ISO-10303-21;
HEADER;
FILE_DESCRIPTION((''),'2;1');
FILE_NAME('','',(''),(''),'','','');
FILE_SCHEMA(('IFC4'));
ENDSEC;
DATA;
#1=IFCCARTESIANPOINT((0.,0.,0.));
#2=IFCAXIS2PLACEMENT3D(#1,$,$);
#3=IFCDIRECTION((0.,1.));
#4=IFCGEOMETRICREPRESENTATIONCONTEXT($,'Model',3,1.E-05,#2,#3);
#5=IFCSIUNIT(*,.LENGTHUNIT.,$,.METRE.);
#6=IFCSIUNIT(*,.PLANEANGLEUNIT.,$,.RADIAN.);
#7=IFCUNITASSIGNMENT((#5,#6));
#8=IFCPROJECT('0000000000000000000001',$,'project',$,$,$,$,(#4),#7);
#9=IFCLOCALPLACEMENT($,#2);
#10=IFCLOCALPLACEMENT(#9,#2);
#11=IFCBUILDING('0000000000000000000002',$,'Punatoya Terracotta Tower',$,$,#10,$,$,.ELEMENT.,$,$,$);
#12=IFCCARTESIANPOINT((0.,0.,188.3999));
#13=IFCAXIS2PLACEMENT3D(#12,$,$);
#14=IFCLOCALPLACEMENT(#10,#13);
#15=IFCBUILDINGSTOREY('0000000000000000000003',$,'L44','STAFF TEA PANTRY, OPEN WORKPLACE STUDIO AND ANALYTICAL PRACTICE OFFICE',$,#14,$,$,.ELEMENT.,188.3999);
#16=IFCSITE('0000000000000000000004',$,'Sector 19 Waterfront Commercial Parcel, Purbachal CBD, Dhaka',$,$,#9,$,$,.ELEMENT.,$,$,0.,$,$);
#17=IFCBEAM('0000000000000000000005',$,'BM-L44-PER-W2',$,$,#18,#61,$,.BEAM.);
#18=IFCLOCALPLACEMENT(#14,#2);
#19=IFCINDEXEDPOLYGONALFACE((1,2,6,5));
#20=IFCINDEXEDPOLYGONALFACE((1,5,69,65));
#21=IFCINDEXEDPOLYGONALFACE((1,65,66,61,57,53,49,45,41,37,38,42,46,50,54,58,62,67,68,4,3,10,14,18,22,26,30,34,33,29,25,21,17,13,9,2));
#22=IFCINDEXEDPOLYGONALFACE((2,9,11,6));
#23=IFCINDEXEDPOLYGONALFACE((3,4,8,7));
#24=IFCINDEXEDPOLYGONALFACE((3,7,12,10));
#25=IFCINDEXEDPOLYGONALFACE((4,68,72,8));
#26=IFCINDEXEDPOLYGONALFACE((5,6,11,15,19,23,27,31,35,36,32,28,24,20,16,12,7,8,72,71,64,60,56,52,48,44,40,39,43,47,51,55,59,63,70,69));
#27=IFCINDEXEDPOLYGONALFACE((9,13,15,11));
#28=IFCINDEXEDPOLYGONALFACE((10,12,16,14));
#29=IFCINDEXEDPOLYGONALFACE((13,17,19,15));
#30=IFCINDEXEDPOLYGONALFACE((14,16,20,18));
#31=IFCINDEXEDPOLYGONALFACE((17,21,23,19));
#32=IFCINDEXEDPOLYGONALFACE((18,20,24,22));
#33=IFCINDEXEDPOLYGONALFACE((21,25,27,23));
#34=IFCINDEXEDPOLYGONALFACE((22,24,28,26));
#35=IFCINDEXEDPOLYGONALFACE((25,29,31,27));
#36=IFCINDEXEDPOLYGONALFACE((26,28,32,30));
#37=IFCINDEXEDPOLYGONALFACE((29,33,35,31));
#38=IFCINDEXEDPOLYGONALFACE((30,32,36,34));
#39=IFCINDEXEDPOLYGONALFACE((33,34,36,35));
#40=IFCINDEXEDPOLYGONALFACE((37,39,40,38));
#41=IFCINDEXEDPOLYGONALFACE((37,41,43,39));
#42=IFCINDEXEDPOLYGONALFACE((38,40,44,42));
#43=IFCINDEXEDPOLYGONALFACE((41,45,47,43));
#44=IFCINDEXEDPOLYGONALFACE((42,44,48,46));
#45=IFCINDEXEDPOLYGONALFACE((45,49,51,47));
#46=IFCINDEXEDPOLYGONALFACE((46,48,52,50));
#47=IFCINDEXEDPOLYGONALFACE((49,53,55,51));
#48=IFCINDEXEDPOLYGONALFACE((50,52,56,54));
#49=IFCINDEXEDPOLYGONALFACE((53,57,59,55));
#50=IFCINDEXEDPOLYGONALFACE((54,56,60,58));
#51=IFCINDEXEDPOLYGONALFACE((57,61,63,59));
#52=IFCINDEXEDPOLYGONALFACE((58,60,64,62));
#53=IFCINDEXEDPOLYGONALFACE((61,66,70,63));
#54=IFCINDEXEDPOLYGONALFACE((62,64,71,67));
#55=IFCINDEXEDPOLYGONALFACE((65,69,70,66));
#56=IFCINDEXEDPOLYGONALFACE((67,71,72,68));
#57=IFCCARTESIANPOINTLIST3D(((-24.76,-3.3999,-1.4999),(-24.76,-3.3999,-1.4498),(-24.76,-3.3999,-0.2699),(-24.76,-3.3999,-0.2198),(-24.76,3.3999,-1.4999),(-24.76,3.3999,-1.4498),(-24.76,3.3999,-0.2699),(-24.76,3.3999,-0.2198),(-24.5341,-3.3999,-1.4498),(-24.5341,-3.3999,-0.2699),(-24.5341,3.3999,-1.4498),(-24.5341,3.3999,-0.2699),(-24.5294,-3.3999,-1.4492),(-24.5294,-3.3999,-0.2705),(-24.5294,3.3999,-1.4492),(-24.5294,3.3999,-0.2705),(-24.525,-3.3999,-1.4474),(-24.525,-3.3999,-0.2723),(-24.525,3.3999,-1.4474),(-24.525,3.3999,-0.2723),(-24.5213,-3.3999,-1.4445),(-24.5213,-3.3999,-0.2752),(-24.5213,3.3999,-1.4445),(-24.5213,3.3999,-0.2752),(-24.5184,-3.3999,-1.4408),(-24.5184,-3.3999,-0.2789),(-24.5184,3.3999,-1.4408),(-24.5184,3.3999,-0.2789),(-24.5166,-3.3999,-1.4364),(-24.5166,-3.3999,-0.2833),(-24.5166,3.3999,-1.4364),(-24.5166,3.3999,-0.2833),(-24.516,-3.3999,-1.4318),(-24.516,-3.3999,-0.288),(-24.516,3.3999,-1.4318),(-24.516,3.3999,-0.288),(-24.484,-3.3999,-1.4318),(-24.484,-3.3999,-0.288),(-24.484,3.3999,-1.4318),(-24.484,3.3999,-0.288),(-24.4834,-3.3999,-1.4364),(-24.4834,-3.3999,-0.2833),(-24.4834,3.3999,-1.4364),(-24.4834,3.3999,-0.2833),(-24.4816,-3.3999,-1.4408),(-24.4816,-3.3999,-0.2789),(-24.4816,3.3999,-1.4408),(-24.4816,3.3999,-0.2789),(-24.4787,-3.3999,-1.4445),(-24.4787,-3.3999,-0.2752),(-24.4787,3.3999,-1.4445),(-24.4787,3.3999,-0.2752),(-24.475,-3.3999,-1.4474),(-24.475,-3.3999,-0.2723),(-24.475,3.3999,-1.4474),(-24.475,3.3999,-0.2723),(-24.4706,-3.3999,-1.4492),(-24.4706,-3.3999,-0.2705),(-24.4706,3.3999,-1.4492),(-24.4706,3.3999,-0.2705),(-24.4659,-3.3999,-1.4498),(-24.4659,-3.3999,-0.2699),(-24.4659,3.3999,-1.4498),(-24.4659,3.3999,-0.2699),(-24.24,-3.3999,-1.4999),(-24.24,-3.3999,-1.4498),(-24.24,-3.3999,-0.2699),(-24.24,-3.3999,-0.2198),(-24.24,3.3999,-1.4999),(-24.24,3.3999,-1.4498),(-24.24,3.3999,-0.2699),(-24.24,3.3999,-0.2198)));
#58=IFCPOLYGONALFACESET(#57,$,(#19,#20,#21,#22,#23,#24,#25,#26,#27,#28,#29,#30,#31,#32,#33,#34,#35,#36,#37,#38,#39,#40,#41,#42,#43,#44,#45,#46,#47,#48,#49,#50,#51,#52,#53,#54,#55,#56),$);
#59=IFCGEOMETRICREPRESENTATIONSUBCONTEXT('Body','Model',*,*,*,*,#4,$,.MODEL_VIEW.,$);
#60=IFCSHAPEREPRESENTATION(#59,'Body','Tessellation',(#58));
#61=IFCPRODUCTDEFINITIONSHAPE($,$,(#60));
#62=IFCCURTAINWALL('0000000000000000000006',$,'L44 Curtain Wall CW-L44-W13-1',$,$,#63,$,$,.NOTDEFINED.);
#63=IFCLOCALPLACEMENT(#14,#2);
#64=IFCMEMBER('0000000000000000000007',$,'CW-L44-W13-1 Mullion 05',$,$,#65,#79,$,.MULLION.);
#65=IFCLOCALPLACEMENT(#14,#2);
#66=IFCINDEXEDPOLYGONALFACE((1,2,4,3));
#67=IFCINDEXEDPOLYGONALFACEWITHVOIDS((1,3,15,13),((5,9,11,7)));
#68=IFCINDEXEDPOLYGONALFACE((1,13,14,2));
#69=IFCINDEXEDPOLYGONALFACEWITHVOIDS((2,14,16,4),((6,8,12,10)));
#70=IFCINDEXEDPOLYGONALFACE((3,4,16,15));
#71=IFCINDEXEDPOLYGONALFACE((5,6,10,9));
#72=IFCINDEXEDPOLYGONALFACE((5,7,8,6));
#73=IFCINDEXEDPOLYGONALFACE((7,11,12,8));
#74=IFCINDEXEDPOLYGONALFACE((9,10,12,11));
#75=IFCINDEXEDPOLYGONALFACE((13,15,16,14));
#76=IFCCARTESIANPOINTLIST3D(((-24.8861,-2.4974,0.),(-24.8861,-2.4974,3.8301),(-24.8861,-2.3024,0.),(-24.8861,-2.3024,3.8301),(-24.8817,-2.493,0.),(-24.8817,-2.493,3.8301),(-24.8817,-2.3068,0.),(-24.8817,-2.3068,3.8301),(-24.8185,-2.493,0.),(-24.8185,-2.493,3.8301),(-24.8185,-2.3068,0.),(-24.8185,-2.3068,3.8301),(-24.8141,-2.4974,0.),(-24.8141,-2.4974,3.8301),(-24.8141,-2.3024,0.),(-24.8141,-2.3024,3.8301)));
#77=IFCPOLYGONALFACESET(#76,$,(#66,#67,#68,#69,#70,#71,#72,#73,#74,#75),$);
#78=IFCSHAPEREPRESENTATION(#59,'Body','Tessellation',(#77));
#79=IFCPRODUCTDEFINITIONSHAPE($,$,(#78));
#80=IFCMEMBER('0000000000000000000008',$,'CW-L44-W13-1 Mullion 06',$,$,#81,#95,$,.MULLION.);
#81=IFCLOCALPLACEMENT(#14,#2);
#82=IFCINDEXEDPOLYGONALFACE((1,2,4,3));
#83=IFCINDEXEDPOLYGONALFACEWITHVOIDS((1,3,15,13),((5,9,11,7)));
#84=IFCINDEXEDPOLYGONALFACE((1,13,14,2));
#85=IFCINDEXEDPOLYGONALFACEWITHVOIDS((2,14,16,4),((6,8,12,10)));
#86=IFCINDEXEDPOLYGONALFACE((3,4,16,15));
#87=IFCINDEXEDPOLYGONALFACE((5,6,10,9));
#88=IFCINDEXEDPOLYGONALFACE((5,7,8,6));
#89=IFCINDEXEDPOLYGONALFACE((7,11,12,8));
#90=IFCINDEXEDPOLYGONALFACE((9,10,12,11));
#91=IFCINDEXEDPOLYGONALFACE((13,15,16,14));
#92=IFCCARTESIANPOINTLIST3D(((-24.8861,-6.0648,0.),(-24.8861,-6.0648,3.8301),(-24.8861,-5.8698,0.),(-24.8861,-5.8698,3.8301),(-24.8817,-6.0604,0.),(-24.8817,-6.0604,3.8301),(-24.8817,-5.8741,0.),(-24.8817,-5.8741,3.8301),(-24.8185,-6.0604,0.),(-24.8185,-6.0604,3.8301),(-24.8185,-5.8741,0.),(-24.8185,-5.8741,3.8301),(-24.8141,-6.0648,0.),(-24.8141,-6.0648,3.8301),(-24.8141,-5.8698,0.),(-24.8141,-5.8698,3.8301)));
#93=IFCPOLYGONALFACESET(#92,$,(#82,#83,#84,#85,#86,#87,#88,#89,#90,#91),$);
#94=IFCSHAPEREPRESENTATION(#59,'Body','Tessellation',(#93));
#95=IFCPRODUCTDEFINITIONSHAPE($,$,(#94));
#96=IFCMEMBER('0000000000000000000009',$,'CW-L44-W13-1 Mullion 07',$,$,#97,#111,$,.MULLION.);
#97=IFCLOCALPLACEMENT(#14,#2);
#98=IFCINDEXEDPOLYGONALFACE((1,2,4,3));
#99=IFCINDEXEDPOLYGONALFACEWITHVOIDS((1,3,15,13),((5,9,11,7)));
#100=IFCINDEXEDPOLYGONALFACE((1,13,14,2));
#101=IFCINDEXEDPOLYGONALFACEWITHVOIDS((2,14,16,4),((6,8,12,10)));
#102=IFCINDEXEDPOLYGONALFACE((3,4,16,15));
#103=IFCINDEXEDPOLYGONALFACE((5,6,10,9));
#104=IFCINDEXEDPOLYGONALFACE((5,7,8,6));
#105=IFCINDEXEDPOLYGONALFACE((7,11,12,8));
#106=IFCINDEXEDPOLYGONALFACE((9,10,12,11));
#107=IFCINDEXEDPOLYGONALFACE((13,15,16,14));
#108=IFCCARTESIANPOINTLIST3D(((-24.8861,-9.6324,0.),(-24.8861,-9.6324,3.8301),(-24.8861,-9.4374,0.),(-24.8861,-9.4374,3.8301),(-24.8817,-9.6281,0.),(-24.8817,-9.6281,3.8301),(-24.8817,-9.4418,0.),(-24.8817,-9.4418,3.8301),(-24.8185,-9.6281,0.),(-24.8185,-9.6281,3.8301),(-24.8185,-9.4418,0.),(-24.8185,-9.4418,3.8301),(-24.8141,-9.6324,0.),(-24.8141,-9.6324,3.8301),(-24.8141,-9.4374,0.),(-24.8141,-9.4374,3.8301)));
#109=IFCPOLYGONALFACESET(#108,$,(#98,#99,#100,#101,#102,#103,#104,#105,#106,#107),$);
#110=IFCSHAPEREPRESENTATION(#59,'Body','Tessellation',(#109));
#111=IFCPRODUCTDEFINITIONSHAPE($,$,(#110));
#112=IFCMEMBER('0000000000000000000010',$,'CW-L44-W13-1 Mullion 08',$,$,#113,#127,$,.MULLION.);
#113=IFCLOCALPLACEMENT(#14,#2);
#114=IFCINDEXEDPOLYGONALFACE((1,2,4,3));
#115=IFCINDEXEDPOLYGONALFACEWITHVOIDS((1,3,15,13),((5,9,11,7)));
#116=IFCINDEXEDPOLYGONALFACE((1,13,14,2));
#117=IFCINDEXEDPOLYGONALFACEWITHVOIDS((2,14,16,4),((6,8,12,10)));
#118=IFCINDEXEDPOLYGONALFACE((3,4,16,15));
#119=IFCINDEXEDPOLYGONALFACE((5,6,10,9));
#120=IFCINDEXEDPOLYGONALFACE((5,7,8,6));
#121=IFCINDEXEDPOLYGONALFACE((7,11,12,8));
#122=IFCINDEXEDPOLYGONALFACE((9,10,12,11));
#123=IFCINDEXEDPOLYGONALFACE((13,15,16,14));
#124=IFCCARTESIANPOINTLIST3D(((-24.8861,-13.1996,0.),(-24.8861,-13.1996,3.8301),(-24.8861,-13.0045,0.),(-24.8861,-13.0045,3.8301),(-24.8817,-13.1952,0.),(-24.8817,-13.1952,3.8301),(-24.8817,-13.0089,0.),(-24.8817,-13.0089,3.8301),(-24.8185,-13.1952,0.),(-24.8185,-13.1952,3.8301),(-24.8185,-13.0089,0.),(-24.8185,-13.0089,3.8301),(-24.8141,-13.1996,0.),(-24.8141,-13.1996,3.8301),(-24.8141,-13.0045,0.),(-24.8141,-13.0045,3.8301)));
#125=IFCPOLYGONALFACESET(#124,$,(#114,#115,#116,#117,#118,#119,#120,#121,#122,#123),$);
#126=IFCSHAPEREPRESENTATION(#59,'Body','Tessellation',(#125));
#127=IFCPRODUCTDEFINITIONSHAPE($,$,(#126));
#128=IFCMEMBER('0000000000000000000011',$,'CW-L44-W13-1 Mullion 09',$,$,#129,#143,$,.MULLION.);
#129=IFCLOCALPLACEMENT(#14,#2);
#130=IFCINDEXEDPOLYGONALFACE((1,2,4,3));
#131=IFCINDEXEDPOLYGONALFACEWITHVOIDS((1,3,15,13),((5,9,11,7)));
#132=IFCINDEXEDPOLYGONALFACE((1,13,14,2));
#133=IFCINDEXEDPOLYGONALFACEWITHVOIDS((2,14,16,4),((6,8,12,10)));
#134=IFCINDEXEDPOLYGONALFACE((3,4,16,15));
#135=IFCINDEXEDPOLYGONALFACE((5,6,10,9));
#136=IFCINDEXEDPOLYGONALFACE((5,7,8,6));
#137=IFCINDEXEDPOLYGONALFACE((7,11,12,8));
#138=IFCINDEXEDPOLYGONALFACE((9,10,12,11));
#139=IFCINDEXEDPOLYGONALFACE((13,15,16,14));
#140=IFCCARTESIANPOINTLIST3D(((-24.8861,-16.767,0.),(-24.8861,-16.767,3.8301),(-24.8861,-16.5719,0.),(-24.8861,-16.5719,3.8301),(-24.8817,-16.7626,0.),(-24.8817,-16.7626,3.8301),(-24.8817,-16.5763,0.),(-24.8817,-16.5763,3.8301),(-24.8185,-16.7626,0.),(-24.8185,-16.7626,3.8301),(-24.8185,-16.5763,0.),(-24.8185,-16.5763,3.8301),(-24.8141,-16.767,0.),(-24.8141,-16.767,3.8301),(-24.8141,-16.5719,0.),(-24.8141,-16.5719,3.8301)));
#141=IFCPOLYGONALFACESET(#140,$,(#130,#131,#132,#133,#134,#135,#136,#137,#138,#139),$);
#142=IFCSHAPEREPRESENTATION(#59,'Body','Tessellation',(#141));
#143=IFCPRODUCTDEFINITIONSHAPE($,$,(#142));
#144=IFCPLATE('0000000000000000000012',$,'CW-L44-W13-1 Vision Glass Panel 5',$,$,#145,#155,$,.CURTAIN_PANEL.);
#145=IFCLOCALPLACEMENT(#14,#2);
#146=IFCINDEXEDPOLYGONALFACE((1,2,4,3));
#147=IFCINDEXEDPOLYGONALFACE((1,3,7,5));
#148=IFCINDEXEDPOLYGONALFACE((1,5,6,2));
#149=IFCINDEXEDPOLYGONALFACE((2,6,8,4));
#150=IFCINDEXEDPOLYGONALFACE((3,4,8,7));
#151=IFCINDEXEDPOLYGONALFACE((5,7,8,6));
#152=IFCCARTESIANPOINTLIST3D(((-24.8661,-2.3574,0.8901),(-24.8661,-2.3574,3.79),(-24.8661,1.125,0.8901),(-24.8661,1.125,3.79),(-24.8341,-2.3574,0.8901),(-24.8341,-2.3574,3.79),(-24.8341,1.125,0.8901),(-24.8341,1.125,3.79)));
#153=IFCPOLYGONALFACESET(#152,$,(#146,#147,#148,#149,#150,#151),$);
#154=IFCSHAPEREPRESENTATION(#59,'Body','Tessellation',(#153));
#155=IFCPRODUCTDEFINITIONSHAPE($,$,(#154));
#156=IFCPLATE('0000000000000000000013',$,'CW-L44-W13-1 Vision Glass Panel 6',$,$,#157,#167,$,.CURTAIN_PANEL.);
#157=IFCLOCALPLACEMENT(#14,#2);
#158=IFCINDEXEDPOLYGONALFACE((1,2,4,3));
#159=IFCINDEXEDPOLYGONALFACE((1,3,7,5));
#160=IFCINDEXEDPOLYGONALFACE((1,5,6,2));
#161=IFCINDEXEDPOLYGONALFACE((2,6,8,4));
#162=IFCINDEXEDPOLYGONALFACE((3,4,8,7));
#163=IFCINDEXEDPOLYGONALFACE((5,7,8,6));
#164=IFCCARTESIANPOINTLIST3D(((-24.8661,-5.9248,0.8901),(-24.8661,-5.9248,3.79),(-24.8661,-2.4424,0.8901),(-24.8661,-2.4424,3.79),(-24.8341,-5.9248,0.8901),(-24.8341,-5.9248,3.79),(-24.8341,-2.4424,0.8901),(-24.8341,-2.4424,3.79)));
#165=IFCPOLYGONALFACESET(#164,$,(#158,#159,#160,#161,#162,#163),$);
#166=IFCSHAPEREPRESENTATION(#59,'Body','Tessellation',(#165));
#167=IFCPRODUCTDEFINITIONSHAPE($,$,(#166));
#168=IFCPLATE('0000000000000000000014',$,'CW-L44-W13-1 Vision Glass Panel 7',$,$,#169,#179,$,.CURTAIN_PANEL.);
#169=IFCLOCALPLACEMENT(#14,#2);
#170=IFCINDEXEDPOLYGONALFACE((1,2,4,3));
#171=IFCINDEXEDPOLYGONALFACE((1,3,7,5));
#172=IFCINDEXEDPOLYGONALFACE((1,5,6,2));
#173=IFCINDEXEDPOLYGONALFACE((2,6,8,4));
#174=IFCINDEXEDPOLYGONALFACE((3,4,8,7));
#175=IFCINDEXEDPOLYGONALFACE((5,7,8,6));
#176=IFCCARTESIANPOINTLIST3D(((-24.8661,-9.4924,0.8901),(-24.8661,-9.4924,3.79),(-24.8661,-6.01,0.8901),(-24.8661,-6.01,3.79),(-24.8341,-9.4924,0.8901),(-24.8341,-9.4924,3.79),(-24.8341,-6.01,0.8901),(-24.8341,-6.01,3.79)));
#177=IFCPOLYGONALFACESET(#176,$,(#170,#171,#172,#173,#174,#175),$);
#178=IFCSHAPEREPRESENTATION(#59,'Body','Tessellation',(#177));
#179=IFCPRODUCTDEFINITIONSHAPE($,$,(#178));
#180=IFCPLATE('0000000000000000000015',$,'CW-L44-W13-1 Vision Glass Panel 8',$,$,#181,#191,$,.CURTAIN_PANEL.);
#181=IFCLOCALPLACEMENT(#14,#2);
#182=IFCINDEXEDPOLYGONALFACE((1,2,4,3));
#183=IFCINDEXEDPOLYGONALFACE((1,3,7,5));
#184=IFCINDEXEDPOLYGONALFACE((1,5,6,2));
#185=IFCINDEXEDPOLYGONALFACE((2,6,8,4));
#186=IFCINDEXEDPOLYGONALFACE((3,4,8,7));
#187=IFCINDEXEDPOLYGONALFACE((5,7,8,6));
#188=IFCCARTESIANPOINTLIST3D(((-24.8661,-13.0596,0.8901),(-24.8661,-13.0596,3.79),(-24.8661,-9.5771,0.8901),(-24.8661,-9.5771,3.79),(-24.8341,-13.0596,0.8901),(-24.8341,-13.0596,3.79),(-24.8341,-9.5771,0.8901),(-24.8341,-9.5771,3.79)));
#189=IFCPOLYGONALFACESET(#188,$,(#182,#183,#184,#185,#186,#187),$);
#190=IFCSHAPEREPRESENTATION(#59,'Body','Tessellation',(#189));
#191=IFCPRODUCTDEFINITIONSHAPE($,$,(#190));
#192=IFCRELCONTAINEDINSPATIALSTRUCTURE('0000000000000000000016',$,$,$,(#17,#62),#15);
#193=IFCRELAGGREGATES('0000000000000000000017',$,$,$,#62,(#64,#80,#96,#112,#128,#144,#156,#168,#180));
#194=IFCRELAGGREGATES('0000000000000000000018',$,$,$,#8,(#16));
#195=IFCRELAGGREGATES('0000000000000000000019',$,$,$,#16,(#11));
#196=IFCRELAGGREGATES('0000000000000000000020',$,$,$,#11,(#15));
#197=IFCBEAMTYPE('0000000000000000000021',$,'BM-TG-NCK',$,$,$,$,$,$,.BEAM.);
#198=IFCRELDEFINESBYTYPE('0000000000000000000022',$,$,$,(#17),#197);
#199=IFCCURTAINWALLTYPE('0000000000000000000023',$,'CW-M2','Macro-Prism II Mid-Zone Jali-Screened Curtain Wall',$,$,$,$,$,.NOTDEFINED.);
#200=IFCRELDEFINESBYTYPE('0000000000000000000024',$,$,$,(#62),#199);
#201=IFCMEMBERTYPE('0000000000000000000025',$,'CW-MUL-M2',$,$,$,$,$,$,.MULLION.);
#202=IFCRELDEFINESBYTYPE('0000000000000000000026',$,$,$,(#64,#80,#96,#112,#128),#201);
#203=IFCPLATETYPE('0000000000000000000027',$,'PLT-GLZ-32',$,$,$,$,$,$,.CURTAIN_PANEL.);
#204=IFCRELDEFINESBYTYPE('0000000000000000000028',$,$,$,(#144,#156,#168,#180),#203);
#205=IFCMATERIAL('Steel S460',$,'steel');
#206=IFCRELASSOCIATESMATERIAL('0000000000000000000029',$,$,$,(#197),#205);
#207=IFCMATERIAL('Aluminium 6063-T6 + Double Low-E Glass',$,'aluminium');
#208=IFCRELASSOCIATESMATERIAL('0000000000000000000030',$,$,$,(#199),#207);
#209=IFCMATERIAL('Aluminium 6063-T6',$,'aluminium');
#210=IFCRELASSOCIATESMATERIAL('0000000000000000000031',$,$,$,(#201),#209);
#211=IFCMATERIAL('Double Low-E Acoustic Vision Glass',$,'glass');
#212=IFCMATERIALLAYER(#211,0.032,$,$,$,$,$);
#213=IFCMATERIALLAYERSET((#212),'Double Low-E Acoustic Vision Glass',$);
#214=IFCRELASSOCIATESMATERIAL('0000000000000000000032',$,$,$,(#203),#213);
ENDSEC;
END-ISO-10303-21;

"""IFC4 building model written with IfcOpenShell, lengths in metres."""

from ifc_helpers import new_model, si_unit, direction, frame, origin, origin_2d, place, context, subcontext, project, spatial, rectangle, hollow_rectangle, i_section, extrude, material, layer, layer_set, material_profile, profile_set, type_object, element, aggregate, save


model = new_model("IFC4")

# Units and contexts
model_context = context("Model", 3, precision=1e-05, world=origin(), true_north=direction((0.0, 1.0)))
body_context = subcontext(model_context, "Body", "Model", "MODEL_VIEW")
ifc_project = project(units=[si_unit("LENGTHUNIT", "METRE"), si_unit("PLANEANGLEUNIT", "RADIAN")], contexts=[model_context])

# Site, building, storey
site_placement = place(None, origin())
site = spatial("IfcSite", under=ifc_project, at=site_placement, Name="Sector 19 Waterfront Commercial Parcel, Purbachal CBD, Dhaka", CompositionType="ELEMENT", RefElevation=0.0)
building_placement = place(site_placement, origin())
building = spatial("IfcBuilding", under=site, at=building_placement, Name="Punatoya Terracotta Tower", CompositionType="ELEMENT")
storey_placement = place(building_placement, frame((0.0, 0.0, 188.3999)))
storey = spatial("IfcBuildingStorey", under=building, at=storey_placement, Name="L44", Description="STAFF TEA PANTRY, OPEN WORKPLACE STUDIO AND ANALYTICAL PRACTICE OFFICE", CompositionType="ELEMENT", Elevation=188.3999)

# Shared definitions
ifc_material_1 = material(Name="Steel S460", Category="steel")

# Beam
ifc_material_profile_1 = material_profile(ifc_material_1, i_section(OverallWidth=0.52, OverallDepth=1.28, WebThickness=0.032, FlangeThickness=0.05, FilletRadius=0.0181, at=origin_2d()))
ifc_profile_set_1 = profile_set([ifc_material_profile_1], Name="Steel S460")
beam_type_1 = type_object("IfcBeamType", Name="BM-TG-NCK", PredefinedType="BEAM", material=ifc_profile_set_1)
beam_1_placement = place(storey_placement, frame((-24.5, -3.3999, -0.8599), z_axis=(0.0, 1.0, 0.0), x_axis=(-1.0, 0.0, 0.0)))
element("IfcBeam", 1, at=beam_1_placement, inside=storey, type_object=beam_type_1, Name="BM-L44-PER-W2", PredefinedType="BEAM", context=body_context, shape_type="SweptSolid", body=[
    extrude(i_section(OverallWidth=0.52, OverallDepth=1.28, WebThickness=0.032, FlangeThickness=0.05, FilletRadius=0.0181, at=origin_2d()), origin(), (0.0, 0.0, 1.0), 6.7998),
])

# Curtain wall, members, plates
ifc_material_2 = material(Name="Aluminium 6063-T6 + Double Low-E Glass", Category="aluminium")
curtain_wall_type = type_object("IfcCurtainWallType", Name="CW-M2", Description="Macro-Prism II Mid-Zone Jali-Screened Curtain Wall", PredefinedType="NOTDEFINED", material=ifc_material_2)
curtain_wall_placement = place(storey_placement, origin())
curtain_wall = element("IfcCurtainWall", 2, at=curtain_wall_placement, inside=storey, type_object=curtain_wall_type, Name="L44 Curtain Wall CW-L44-W13-1", PredefinedType="NOTDEFINED")
ifc_material_3 = material(Name="Aluminium 6063-T6", Category="aluminium")
ifc_material_profile_2 = material_profile(ifc_material_3, hollow_rectangle(XDim=0.072, YDim=0.1951, WallThickness=0.0044, at=origin_2d()))
ifc_profile_set_2 = profile_set([ifc_material_profile_2], Name="Aluminium 6063-T6")
member_type = type_object("IfcMemberType", Name="CW-MUL-M2", PredefinedType="MULLION", material=ifc_profile_set_2)
member_1_placement = place(storey_placement, frame((-24.8501, -2.3999, 0.0), z_axis=(0.0, 0.0, 1.0), x_axis=(1.0, 0.0, 0.0)))
member_1 = element("IfcMember", 3, at=member_1_placement, type_object=member_type, Name="CW-L44-W13-1 Mullion 05", PredefinedType="MULLION", context=body_context, shape_type="SweptSolid", body=[
    extrude(hollow_rectangle(XDim=0.072, YDim=0.1951, WallThickness=0.0044, at=origin_2d()), origin(), (0.0, 0.0, 1.0), 3.8301),
])
member_2_placement = place(storey_placement, frame((-24.8501, -5.9673, 0.0), z_axis=(0.0, 0.0, 1.0), x_axis=(1.0, 0.0, 0.0)))
member_2 = element("IfcMember", 4, at=member_2_placement, type_object=member_type, Name="CW-L44-W13-1 Mullion 06", PredefinedType="MULLION", context=body_context, shape_type="SweptSolid", body=[
    extrude(hollow_rectangle(XDim=0.072, YDim=0.1951, WallThickness=0.0044, at=origin_2d()), origin(), (0.0, 0.0, 1.0), 3.8301),
])
member_3_placement = place(storey_placement, frame((-24.8501, -9.5349, 0.0), z_axis=(0.0, 0.0, 1.0), x_axis=(1.0, 0.0, 0.0)))
member_3 = element("IfcMember", 5, at=member_3_placement, type_object=member_type, Name="CW-L44-W13-1 Mullion 07", PredefinedType="MULLION", context=body_context, shape_type="SweptSolid", body=[
    extrude(hollow_rectangle(XDim=0.072, YDim=0.1951, WallThickness=0.0044, at=origin_2d()), origin(), (0.0, 0.0, 1.0), 3.8301),
])
member_4_placement = place(storey_placement, frame((-24.8501, -13.1021, 0.0), z_axis=(0.0, 0.0, 1.0), x_axis=(1.0, 0.0, 0.0)))
member_4 = element("IfcMember", 6, at=member_4_placement, type_object=member_type, Name="CW-L44-W13-1 Mullion 08", PredefinedType="MULLION", context=body_context, shape_type="SweptSolid", body=[
    extrude(hollow_rectangle(XDim=0.072, YDim=0.1951, WallThickness=0.0044, at=origin_2d()), origin(), (0.0, 0.0, 1.0), 3.8301),
])
member_5_placement = place(storey_placement, frame((-24.8501, -16.6694, 0.0), z_axis=(0.0, 0.0, 1.0), x_axis=(1.0, 0.0, 0.0)))
member_5 = element("IfcMember", 7, at=member_5_placement, type_object=member_type, Name="CW-L44-W13-1 Mullion 09", PredefinedType="MULLION", context=body_context, shape_type="SweptSolid", body=[
    extrude(hollow_rectangle(XDim=0.072, YDim=0.1951, WallThickness=0.0044, at=origin_2d()), origin(), (0.0, 0.0, 1.0), 3.8301),
])
ifc_material_4 = material(Name="Double Low-E Acoustic Vision Glass", Category="glass")
ifc_layer_1 = layer(ifc_material_4, 0.032)
ifc_layer_set_1 = layer_set([ifc_layer_1], Name="Double Low-E Acoustic Vision Glass")
plate_type_1 = type_object("IfcPlateType", Name="PLT-GLZ-32", PredefinedType="CURTAIN_PANEL", material=ifc_layer_set_1)
plate_1_placement = place(storey_placement, frame((-24.8501, -0.6162, 0.8901), z_axis=(0.0, 0.0, 1.0), x_axis=(0.0, -1.0, 0.0)))
plate_1 = element("IfcPlate", 8, at=plate_1_placement, type_object=plate_type_1, Name="CW-L44-W13-1 Vision Glass Panel 5", PredefinedType="CURTAIN_PANEL", context=body_context, shape_type="SweptSolid", body=[
    extrude(rectangle(XDim=3.4824, YDim=0.032, at=origin_2d()), origin(), (0.0, 0.0, 1.0), 2.8999),
])
plate_2_placement = place(storey_placement, frame((-24.8501, -4.1836, 0.8901), z_axis=(0.0, 0.0, 1.0), x_axis=(0.0, -1.0, 0.0)))
plate_2 = element("IfcPlate", 9, at=plate_2_placement, type_object=plate_type_1, Name="CW-L44-W13-1 Vision Glass Panel 6", PredefinedType="CURTAIN_PANEL", context=body_context, shape_type="SweptSolid", body=[
    extrude(rectangle(XDim=3.4824, YDim=0.032, at=origin_2d()), origin(), (0.0, 0.0, 1.0), 2.8999),
])
plate_3_placement = place(storey_placement, frame((-24.8501, -7.7512, 0.8901), z_axis=(0.0, 0.0, 1.0), x_axis=(0.0, -1.0, 0.0)))
plate_3 = element("IfcPlate", 10, at=plate_3_placement, type_object=plate_type_1, Name="CW-L44-W13-1 Vision Glass Panel 7", PredefinedType="CURTAIN_PANEL", context=body_context, shape_type="SweptSolid", body=[
    extrude(rectangle(XDim=3.4824, YDim=0.032, at=origin_2d()), origin(), (0.0, 0.0, 1.0), 2.8999),
])
plate_4_placement = place(storey_placement, frame((-24.8501, -11.3184, 0.8901), z_axis=(0.0, 0.0, 1.0), x_axis=(0.0, -1.0, 0.0)))
plate_4 = element("IfcPlate", 11, at=plate_4_placement, type_object=plate_type_1, Name="CW-L44-W13-1 Vision Glass Panel 8", PredefinedType="CURTAIN_PANEL", context=body_context, shape_type="SweptSolid", body=[
    extrude(rectangle(XDim=3.4824, YDim=0.032, at=origin_2d()), origin(), (0.0, 0.0, 1.0), 2.8999),
])
aggregate(curtain_wall, [member_1, member_2, member_3, member_4, member_5, plate_1, plate_2, plate_3, plate_4])

save(model, "model.ifc")
